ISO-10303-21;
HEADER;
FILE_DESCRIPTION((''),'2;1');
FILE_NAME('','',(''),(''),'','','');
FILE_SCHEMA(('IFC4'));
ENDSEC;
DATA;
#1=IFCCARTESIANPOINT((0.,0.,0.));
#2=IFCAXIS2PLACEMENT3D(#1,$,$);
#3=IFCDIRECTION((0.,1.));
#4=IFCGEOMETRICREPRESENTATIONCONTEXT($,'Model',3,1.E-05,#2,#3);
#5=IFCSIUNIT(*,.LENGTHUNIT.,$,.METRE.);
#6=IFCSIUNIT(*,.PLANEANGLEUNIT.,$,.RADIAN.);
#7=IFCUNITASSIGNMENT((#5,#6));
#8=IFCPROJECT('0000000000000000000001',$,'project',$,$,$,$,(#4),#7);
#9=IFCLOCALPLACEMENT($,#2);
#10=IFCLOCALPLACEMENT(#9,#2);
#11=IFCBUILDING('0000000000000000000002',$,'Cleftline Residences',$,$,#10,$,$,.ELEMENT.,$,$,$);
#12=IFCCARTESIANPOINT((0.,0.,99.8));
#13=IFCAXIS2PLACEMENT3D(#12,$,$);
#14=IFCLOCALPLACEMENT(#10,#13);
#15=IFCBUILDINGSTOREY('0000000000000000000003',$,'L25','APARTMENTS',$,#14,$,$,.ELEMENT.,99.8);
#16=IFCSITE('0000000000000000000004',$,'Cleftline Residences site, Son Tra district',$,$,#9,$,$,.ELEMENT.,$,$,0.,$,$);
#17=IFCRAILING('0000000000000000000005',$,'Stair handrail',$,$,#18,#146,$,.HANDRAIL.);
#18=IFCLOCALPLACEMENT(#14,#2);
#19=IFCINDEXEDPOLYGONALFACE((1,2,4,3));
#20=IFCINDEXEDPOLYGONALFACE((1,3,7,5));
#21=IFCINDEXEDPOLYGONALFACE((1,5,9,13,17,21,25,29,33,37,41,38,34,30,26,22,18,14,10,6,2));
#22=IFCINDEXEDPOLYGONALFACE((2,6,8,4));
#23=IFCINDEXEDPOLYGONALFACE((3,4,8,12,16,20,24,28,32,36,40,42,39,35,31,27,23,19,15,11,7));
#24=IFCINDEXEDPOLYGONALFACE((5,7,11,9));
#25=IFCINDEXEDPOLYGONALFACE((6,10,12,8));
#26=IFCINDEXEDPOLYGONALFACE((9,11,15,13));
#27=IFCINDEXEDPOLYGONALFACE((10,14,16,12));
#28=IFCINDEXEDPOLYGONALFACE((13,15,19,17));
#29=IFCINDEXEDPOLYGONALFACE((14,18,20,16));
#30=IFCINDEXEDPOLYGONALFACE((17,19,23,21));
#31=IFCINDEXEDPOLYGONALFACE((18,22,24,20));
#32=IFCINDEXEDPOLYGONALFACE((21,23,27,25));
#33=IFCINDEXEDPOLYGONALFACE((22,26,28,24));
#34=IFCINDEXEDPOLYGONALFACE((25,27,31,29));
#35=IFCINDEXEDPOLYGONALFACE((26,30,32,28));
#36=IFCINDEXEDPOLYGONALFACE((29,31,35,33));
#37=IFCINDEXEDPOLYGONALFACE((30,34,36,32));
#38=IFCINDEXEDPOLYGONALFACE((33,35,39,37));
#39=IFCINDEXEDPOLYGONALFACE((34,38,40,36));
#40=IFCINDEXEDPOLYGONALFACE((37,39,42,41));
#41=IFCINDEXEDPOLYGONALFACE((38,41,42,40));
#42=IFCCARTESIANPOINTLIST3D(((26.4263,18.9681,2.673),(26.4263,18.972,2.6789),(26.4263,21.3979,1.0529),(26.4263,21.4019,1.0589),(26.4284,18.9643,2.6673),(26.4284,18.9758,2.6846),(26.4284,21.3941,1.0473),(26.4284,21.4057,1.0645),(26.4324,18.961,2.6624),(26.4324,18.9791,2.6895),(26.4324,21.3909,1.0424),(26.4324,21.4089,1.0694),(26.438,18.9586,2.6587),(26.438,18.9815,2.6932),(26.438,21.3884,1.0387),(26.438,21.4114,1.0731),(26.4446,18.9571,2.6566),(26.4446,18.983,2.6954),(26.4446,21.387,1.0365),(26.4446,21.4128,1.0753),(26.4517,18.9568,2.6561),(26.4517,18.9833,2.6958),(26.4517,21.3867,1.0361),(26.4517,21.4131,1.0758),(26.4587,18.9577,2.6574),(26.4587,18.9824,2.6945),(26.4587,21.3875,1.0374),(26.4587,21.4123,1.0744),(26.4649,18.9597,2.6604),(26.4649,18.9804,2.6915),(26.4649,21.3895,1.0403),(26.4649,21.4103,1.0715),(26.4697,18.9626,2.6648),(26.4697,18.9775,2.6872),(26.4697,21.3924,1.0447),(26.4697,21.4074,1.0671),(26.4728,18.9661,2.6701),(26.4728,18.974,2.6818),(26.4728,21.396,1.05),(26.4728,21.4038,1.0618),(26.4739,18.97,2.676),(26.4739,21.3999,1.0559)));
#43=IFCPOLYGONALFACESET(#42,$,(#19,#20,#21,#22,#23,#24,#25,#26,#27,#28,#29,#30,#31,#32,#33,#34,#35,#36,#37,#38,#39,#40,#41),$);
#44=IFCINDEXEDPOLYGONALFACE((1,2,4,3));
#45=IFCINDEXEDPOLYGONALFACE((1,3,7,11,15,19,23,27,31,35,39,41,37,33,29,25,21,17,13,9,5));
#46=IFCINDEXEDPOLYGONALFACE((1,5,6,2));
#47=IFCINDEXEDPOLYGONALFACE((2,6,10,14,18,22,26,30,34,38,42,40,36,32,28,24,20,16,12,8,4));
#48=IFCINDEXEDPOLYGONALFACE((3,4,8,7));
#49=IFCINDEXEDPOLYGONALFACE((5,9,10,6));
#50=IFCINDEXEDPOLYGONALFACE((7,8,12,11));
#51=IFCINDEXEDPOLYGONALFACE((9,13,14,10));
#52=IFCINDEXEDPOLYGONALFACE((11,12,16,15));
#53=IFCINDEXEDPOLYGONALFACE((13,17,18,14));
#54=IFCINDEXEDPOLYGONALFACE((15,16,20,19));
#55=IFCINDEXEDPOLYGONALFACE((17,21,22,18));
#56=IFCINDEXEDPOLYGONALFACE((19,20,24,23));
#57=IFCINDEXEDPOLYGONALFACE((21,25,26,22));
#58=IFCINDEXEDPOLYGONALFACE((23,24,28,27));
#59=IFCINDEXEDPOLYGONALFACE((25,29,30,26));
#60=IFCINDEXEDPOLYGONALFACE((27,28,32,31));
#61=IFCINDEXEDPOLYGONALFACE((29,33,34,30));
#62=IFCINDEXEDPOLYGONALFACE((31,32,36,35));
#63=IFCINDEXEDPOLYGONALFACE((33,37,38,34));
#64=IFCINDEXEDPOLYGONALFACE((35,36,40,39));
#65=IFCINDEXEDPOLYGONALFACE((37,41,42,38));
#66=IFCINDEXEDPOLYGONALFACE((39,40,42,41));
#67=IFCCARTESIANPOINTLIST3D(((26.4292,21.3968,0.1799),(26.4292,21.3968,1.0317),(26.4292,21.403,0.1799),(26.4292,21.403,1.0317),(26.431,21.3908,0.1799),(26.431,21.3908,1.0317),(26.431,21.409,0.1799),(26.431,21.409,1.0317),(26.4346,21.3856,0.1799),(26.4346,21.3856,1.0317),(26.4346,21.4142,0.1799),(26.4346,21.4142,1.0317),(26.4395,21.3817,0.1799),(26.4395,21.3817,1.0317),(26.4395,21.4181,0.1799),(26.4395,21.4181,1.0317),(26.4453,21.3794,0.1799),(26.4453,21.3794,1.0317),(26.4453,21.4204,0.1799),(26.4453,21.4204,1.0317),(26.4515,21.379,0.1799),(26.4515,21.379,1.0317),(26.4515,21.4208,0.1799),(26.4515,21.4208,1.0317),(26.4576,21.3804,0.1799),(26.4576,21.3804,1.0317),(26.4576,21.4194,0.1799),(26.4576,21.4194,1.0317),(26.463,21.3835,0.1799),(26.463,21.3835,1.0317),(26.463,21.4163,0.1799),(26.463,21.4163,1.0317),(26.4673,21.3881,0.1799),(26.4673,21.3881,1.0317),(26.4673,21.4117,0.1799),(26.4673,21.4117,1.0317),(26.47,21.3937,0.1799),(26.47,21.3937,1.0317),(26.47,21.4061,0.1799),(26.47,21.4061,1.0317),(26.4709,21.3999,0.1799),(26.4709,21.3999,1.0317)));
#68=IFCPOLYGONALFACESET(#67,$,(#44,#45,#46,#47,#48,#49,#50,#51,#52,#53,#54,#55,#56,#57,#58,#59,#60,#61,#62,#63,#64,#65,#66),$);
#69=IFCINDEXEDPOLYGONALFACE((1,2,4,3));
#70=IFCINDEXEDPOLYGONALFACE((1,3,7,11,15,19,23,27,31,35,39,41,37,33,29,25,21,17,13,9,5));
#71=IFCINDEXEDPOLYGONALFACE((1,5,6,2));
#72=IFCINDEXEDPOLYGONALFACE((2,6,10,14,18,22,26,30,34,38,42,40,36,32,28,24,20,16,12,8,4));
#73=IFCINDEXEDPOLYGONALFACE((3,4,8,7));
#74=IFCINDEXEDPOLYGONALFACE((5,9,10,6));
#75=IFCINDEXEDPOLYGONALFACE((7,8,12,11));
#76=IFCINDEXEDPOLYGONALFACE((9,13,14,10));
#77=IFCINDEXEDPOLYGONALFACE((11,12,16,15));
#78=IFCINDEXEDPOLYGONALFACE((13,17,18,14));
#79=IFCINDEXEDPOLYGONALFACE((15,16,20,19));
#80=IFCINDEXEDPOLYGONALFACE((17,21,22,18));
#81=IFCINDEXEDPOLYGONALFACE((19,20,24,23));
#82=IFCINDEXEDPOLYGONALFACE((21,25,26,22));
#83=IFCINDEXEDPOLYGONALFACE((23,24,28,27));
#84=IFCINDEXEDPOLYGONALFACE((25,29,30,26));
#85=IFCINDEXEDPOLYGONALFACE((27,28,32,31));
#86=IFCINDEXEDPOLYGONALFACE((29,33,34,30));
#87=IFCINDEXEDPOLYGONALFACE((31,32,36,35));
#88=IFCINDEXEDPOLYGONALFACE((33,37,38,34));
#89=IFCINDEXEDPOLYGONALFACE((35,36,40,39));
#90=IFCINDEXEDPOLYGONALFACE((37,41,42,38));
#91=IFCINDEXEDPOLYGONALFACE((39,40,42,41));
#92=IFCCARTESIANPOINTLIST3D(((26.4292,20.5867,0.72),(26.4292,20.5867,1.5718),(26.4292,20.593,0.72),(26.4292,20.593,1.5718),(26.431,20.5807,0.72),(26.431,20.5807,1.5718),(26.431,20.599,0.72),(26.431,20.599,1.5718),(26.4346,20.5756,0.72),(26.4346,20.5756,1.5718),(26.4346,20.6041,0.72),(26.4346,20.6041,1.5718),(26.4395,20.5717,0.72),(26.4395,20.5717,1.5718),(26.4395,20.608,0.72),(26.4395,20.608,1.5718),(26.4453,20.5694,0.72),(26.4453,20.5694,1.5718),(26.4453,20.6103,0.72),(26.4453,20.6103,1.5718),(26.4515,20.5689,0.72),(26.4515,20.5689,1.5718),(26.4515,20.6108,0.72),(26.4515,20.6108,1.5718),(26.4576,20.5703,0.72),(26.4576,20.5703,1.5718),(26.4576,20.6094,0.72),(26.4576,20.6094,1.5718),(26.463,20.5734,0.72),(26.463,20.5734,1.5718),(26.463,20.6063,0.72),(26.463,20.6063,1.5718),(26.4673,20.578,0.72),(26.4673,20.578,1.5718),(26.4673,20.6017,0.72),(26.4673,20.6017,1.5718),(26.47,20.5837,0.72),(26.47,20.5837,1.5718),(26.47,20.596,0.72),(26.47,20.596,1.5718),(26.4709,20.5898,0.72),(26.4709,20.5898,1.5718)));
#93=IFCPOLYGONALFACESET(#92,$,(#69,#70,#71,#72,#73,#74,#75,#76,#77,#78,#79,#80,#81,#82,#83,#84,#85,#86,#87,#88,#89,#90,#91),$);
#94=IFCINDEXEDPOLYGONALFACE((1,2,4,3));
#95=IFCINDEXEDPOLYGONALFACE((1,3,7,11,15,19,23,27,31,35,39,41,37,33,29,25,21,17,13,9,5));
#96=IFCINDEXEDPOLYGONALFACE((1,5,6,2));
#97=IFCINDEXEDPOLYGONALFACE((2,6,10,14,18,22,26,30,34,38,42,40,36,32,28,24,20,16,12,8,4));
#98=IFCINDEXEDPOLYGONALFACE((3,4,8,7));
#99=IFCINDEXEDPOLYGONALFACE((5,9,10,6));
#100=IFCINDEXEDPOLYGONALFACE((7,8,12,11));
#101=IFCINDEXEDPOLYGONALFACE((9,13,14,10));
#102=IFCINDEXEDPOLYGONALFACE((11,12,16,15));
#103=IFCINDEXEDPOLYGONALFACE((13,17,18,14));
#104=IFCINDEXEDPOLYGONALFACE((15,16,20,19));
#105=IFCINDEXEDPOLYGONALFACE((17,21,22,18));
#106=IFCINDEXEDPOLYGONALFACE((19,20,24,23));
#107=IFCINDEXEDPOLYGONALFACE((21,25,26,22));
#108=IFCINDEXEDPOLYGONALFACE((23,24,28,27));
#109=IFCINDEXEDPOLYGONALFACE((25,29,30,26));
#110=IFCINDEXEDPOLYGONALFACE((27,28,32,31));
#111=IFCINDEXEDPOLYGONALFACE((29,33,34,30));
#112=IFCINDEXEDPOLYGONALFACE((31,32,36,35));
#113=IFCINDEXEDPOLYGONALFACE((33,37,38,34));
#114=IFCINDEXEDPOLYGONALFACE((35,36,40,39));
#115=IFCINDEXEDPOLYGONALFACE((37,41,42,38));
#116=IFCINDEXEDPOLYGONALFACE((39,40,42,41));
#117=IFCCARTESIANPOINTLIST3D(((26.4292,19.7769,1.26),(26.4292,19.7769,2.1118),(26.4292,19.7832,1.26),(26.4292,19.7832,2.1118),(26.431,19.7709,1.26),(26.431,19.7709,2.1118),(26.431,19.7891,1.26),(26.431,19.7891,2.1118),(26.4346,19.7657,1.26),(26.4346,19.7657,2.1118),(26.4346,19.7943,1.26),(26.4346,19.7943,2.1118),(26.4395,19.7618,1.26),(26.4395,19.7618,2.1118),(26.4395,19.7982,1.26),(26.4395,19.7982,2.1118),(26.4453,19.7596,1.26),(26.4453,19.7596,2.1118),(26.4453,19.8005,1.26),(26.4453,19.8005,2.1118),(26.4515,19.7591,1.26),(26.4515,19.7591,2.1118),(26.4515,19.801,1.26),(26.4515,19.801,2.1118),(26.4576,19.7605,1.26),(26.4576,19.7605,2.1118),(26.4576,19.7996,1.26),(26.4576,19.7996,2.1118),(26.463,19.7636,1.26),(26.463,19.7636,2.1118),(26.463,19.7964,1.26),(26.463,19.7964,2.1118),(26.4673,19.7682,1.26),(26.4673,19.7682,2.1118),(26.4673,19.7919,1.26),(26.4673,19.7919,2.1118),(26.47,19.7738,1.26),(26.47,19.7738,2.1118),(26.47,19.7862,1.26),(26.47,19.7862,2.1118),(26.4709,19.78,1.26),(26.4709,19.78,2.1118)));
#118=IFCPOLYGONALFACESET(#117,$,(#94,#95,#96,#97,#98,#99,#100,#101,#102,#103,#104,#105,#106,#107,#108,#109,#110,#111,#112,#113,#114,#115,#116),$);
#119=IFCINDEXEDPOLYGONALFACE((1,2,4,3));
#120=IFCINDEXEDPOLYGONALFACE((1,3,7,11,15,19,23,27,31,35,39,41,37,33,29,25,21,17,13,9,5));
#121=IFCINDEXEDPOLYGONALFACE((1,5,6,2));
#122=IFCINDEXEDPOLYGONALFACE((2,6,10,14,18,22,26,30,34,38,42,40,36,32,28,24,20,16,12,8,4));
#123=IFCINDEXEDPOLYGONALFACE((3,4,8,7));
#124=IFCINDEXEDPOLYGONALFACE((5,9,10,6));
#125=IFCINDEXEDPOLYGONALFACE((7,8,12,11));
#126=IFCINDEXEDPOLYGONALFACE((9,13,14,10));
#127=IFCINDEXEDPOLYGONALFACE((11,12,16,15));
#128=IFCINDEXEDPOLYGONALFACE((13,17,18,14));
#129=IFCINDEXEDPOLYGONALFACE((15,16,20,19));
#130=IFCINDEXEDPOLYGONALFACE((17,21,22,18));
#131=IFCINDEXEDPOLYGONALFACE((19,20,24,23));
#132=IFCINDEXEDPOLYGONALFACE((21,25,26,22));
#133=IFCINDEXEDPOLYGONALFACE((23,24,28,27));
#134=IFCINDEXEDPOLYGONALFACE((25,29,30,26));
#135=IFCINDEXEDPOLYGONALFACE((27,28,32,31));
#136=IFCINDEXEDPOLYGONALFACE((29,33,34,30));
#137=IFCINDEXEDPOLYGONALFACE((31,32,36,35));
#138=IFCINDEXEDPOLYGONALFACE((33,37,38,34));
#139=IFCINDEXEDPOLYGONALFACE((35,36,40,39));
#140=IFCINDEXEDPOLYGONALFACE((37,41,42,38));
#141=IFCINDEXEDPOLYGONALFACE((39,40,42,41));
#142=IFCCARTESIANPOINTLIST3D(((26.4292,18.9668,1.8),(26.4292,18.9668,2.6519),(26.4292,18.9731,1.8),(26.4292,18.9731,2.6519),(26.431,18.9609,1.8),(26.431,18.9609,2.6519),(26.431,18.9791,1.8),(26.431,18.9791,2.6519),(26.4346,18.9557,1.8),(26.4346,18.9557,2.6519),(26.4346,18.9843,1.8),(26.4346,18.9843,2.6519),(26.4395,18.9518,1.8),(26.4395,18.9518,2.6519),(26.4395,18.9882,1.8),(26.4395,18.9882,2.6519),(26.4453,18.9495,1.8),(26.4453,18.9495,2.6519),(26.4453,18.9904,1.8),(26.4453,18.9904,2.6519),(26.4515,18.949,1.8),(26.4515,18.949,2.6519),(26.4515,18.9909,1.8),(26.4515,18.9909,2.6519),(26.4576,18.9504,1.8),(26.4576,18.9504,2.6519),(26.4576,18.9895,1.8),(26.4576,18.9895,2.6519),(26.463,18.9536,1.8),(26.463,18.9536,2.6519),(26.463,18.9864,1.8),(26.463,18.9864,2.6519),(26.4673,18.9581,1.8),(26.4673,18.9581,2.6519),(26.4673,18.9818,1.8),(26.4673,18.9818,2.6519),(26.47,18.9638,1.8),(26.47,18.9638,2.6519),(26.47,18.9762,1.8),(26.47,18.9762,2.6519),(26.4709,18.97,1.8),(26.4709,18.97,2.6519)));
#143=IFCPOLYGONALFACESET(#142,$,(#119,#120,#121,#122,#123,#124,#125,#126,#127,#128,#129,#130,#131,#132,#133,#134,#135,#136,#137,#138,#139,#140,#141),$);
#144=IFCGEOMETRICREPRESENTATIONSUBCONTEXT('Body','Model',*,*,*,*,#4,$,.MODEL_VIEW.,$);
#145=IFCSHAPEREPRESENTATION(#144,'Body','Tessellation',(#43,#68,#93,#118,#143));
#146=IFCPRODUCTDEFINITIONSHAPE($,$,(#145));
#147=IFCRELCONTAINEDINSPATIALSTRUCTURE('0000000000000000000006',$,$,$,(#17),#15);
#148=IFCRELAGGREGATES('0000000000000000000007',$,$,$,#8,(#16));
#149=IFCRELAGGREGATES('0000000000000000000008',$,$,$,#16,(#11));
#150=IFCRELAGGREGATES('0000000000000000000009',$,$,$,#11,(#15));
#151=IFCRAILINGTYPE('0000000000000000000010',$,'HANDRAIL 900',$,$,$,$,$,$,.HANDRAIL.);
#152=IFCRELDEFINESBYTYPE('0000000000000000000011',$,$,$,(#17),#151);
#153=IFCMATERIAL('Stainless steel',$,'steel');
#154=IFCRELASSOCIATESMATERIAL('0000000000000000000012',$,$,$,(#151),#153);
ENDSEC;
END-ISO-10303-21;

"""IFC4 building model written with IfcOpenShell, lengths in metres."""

from ifc_helpers import new_model, si_unit, direction, frame, origin, origin_2d, place, context, subcontext, project, spatial, circle, extrude, material, type_object, element, save


model = new_model("IFC4")

# Units and contexts
model_context = context("Model", 3, precision=1e-05, world=origin(), true_north=direction((0.0, 1.0)))
body_context = subcontext(model_context, "Body", "Model", "MODEL_VIEW")
ifc_project = project(units=[si_unit("LENGTHUNIT", "METRE"), si_unit("PLANEANGLEUNIT", "RADIAN")], contexts=[model_context])

# Site, building, storey
site_placement = place(None, origin())
site = spatial("IfcSite", under=ifc_project, at=site_placement, Name="Cleftline Residences site, Son Tra district", CompositionType="ELEMENT", RefElevation=0.0)
building_placement = place(site_placement, origin())
building = spatial("IfcBuilding", under=site, at=building_placement, Name="Cleftline Residences", CompositionType="ELEMENT")
storey_placement = place(building_placement, frame((0.0, 0.0, 99.8)))
storey = spatial("IfcBuildingStorey", under=building, at=storey_placement, Name="L25", Description="APARTMENTS", CompositionType="ELEMENT", Elevation=99.8)

# Railing
ifc_material_1 = material(Name="Stainless steel", Category="steel")
railing_type = type_object("IfcRailingType", Name="HANDRAIL 900", PredefinedType="HANDRAIL", material=ifc_material_1)
railing_1_placement = place(storey_placement, frame((26.45, 21.3999, 0.1799)))
element("IfcRailing", 1, at=railing_1_placement, inside=storey, type_object=railing_type, Name="Stair handrail", PredefinedType="HANDRAIL", context=body_context, shape_type="SweptSolid", body=[
    extrude(circle(Radius=0.0239, at=origin_2d()), frame((0.0, 0.0, 0.876), z_axis=(0.0, -0.832025, 0.554739), x_axis=(1.0, 0.0, 0.0)), (0.0, 0.0, 1.0), 2.9204),
    extrude(circle(Radius=0.021, at=origin_2d()), origin(), (0.0, 0.0, 1.0), 0.8518),
    extrude(circle(Radius=0.021, at=origin_2d()), frame((0.0, -0.8101, 0.54)), (0.0, 0.0, 1.0), 0.8518),
    extrude(circle(Radius=0.021, at=origin_2d()), frame((0.0, -1.6199, 1.0801)), (0.0, 0.0, 1.0), 0.8518),
    extrude(circle(Radius=0.021, at=origin_2d()), frame((0.0, -2.4299, 1.6201)), (0.0, 0.0, 1.0), 0.8518),
])

save(model, "model.ifc")
